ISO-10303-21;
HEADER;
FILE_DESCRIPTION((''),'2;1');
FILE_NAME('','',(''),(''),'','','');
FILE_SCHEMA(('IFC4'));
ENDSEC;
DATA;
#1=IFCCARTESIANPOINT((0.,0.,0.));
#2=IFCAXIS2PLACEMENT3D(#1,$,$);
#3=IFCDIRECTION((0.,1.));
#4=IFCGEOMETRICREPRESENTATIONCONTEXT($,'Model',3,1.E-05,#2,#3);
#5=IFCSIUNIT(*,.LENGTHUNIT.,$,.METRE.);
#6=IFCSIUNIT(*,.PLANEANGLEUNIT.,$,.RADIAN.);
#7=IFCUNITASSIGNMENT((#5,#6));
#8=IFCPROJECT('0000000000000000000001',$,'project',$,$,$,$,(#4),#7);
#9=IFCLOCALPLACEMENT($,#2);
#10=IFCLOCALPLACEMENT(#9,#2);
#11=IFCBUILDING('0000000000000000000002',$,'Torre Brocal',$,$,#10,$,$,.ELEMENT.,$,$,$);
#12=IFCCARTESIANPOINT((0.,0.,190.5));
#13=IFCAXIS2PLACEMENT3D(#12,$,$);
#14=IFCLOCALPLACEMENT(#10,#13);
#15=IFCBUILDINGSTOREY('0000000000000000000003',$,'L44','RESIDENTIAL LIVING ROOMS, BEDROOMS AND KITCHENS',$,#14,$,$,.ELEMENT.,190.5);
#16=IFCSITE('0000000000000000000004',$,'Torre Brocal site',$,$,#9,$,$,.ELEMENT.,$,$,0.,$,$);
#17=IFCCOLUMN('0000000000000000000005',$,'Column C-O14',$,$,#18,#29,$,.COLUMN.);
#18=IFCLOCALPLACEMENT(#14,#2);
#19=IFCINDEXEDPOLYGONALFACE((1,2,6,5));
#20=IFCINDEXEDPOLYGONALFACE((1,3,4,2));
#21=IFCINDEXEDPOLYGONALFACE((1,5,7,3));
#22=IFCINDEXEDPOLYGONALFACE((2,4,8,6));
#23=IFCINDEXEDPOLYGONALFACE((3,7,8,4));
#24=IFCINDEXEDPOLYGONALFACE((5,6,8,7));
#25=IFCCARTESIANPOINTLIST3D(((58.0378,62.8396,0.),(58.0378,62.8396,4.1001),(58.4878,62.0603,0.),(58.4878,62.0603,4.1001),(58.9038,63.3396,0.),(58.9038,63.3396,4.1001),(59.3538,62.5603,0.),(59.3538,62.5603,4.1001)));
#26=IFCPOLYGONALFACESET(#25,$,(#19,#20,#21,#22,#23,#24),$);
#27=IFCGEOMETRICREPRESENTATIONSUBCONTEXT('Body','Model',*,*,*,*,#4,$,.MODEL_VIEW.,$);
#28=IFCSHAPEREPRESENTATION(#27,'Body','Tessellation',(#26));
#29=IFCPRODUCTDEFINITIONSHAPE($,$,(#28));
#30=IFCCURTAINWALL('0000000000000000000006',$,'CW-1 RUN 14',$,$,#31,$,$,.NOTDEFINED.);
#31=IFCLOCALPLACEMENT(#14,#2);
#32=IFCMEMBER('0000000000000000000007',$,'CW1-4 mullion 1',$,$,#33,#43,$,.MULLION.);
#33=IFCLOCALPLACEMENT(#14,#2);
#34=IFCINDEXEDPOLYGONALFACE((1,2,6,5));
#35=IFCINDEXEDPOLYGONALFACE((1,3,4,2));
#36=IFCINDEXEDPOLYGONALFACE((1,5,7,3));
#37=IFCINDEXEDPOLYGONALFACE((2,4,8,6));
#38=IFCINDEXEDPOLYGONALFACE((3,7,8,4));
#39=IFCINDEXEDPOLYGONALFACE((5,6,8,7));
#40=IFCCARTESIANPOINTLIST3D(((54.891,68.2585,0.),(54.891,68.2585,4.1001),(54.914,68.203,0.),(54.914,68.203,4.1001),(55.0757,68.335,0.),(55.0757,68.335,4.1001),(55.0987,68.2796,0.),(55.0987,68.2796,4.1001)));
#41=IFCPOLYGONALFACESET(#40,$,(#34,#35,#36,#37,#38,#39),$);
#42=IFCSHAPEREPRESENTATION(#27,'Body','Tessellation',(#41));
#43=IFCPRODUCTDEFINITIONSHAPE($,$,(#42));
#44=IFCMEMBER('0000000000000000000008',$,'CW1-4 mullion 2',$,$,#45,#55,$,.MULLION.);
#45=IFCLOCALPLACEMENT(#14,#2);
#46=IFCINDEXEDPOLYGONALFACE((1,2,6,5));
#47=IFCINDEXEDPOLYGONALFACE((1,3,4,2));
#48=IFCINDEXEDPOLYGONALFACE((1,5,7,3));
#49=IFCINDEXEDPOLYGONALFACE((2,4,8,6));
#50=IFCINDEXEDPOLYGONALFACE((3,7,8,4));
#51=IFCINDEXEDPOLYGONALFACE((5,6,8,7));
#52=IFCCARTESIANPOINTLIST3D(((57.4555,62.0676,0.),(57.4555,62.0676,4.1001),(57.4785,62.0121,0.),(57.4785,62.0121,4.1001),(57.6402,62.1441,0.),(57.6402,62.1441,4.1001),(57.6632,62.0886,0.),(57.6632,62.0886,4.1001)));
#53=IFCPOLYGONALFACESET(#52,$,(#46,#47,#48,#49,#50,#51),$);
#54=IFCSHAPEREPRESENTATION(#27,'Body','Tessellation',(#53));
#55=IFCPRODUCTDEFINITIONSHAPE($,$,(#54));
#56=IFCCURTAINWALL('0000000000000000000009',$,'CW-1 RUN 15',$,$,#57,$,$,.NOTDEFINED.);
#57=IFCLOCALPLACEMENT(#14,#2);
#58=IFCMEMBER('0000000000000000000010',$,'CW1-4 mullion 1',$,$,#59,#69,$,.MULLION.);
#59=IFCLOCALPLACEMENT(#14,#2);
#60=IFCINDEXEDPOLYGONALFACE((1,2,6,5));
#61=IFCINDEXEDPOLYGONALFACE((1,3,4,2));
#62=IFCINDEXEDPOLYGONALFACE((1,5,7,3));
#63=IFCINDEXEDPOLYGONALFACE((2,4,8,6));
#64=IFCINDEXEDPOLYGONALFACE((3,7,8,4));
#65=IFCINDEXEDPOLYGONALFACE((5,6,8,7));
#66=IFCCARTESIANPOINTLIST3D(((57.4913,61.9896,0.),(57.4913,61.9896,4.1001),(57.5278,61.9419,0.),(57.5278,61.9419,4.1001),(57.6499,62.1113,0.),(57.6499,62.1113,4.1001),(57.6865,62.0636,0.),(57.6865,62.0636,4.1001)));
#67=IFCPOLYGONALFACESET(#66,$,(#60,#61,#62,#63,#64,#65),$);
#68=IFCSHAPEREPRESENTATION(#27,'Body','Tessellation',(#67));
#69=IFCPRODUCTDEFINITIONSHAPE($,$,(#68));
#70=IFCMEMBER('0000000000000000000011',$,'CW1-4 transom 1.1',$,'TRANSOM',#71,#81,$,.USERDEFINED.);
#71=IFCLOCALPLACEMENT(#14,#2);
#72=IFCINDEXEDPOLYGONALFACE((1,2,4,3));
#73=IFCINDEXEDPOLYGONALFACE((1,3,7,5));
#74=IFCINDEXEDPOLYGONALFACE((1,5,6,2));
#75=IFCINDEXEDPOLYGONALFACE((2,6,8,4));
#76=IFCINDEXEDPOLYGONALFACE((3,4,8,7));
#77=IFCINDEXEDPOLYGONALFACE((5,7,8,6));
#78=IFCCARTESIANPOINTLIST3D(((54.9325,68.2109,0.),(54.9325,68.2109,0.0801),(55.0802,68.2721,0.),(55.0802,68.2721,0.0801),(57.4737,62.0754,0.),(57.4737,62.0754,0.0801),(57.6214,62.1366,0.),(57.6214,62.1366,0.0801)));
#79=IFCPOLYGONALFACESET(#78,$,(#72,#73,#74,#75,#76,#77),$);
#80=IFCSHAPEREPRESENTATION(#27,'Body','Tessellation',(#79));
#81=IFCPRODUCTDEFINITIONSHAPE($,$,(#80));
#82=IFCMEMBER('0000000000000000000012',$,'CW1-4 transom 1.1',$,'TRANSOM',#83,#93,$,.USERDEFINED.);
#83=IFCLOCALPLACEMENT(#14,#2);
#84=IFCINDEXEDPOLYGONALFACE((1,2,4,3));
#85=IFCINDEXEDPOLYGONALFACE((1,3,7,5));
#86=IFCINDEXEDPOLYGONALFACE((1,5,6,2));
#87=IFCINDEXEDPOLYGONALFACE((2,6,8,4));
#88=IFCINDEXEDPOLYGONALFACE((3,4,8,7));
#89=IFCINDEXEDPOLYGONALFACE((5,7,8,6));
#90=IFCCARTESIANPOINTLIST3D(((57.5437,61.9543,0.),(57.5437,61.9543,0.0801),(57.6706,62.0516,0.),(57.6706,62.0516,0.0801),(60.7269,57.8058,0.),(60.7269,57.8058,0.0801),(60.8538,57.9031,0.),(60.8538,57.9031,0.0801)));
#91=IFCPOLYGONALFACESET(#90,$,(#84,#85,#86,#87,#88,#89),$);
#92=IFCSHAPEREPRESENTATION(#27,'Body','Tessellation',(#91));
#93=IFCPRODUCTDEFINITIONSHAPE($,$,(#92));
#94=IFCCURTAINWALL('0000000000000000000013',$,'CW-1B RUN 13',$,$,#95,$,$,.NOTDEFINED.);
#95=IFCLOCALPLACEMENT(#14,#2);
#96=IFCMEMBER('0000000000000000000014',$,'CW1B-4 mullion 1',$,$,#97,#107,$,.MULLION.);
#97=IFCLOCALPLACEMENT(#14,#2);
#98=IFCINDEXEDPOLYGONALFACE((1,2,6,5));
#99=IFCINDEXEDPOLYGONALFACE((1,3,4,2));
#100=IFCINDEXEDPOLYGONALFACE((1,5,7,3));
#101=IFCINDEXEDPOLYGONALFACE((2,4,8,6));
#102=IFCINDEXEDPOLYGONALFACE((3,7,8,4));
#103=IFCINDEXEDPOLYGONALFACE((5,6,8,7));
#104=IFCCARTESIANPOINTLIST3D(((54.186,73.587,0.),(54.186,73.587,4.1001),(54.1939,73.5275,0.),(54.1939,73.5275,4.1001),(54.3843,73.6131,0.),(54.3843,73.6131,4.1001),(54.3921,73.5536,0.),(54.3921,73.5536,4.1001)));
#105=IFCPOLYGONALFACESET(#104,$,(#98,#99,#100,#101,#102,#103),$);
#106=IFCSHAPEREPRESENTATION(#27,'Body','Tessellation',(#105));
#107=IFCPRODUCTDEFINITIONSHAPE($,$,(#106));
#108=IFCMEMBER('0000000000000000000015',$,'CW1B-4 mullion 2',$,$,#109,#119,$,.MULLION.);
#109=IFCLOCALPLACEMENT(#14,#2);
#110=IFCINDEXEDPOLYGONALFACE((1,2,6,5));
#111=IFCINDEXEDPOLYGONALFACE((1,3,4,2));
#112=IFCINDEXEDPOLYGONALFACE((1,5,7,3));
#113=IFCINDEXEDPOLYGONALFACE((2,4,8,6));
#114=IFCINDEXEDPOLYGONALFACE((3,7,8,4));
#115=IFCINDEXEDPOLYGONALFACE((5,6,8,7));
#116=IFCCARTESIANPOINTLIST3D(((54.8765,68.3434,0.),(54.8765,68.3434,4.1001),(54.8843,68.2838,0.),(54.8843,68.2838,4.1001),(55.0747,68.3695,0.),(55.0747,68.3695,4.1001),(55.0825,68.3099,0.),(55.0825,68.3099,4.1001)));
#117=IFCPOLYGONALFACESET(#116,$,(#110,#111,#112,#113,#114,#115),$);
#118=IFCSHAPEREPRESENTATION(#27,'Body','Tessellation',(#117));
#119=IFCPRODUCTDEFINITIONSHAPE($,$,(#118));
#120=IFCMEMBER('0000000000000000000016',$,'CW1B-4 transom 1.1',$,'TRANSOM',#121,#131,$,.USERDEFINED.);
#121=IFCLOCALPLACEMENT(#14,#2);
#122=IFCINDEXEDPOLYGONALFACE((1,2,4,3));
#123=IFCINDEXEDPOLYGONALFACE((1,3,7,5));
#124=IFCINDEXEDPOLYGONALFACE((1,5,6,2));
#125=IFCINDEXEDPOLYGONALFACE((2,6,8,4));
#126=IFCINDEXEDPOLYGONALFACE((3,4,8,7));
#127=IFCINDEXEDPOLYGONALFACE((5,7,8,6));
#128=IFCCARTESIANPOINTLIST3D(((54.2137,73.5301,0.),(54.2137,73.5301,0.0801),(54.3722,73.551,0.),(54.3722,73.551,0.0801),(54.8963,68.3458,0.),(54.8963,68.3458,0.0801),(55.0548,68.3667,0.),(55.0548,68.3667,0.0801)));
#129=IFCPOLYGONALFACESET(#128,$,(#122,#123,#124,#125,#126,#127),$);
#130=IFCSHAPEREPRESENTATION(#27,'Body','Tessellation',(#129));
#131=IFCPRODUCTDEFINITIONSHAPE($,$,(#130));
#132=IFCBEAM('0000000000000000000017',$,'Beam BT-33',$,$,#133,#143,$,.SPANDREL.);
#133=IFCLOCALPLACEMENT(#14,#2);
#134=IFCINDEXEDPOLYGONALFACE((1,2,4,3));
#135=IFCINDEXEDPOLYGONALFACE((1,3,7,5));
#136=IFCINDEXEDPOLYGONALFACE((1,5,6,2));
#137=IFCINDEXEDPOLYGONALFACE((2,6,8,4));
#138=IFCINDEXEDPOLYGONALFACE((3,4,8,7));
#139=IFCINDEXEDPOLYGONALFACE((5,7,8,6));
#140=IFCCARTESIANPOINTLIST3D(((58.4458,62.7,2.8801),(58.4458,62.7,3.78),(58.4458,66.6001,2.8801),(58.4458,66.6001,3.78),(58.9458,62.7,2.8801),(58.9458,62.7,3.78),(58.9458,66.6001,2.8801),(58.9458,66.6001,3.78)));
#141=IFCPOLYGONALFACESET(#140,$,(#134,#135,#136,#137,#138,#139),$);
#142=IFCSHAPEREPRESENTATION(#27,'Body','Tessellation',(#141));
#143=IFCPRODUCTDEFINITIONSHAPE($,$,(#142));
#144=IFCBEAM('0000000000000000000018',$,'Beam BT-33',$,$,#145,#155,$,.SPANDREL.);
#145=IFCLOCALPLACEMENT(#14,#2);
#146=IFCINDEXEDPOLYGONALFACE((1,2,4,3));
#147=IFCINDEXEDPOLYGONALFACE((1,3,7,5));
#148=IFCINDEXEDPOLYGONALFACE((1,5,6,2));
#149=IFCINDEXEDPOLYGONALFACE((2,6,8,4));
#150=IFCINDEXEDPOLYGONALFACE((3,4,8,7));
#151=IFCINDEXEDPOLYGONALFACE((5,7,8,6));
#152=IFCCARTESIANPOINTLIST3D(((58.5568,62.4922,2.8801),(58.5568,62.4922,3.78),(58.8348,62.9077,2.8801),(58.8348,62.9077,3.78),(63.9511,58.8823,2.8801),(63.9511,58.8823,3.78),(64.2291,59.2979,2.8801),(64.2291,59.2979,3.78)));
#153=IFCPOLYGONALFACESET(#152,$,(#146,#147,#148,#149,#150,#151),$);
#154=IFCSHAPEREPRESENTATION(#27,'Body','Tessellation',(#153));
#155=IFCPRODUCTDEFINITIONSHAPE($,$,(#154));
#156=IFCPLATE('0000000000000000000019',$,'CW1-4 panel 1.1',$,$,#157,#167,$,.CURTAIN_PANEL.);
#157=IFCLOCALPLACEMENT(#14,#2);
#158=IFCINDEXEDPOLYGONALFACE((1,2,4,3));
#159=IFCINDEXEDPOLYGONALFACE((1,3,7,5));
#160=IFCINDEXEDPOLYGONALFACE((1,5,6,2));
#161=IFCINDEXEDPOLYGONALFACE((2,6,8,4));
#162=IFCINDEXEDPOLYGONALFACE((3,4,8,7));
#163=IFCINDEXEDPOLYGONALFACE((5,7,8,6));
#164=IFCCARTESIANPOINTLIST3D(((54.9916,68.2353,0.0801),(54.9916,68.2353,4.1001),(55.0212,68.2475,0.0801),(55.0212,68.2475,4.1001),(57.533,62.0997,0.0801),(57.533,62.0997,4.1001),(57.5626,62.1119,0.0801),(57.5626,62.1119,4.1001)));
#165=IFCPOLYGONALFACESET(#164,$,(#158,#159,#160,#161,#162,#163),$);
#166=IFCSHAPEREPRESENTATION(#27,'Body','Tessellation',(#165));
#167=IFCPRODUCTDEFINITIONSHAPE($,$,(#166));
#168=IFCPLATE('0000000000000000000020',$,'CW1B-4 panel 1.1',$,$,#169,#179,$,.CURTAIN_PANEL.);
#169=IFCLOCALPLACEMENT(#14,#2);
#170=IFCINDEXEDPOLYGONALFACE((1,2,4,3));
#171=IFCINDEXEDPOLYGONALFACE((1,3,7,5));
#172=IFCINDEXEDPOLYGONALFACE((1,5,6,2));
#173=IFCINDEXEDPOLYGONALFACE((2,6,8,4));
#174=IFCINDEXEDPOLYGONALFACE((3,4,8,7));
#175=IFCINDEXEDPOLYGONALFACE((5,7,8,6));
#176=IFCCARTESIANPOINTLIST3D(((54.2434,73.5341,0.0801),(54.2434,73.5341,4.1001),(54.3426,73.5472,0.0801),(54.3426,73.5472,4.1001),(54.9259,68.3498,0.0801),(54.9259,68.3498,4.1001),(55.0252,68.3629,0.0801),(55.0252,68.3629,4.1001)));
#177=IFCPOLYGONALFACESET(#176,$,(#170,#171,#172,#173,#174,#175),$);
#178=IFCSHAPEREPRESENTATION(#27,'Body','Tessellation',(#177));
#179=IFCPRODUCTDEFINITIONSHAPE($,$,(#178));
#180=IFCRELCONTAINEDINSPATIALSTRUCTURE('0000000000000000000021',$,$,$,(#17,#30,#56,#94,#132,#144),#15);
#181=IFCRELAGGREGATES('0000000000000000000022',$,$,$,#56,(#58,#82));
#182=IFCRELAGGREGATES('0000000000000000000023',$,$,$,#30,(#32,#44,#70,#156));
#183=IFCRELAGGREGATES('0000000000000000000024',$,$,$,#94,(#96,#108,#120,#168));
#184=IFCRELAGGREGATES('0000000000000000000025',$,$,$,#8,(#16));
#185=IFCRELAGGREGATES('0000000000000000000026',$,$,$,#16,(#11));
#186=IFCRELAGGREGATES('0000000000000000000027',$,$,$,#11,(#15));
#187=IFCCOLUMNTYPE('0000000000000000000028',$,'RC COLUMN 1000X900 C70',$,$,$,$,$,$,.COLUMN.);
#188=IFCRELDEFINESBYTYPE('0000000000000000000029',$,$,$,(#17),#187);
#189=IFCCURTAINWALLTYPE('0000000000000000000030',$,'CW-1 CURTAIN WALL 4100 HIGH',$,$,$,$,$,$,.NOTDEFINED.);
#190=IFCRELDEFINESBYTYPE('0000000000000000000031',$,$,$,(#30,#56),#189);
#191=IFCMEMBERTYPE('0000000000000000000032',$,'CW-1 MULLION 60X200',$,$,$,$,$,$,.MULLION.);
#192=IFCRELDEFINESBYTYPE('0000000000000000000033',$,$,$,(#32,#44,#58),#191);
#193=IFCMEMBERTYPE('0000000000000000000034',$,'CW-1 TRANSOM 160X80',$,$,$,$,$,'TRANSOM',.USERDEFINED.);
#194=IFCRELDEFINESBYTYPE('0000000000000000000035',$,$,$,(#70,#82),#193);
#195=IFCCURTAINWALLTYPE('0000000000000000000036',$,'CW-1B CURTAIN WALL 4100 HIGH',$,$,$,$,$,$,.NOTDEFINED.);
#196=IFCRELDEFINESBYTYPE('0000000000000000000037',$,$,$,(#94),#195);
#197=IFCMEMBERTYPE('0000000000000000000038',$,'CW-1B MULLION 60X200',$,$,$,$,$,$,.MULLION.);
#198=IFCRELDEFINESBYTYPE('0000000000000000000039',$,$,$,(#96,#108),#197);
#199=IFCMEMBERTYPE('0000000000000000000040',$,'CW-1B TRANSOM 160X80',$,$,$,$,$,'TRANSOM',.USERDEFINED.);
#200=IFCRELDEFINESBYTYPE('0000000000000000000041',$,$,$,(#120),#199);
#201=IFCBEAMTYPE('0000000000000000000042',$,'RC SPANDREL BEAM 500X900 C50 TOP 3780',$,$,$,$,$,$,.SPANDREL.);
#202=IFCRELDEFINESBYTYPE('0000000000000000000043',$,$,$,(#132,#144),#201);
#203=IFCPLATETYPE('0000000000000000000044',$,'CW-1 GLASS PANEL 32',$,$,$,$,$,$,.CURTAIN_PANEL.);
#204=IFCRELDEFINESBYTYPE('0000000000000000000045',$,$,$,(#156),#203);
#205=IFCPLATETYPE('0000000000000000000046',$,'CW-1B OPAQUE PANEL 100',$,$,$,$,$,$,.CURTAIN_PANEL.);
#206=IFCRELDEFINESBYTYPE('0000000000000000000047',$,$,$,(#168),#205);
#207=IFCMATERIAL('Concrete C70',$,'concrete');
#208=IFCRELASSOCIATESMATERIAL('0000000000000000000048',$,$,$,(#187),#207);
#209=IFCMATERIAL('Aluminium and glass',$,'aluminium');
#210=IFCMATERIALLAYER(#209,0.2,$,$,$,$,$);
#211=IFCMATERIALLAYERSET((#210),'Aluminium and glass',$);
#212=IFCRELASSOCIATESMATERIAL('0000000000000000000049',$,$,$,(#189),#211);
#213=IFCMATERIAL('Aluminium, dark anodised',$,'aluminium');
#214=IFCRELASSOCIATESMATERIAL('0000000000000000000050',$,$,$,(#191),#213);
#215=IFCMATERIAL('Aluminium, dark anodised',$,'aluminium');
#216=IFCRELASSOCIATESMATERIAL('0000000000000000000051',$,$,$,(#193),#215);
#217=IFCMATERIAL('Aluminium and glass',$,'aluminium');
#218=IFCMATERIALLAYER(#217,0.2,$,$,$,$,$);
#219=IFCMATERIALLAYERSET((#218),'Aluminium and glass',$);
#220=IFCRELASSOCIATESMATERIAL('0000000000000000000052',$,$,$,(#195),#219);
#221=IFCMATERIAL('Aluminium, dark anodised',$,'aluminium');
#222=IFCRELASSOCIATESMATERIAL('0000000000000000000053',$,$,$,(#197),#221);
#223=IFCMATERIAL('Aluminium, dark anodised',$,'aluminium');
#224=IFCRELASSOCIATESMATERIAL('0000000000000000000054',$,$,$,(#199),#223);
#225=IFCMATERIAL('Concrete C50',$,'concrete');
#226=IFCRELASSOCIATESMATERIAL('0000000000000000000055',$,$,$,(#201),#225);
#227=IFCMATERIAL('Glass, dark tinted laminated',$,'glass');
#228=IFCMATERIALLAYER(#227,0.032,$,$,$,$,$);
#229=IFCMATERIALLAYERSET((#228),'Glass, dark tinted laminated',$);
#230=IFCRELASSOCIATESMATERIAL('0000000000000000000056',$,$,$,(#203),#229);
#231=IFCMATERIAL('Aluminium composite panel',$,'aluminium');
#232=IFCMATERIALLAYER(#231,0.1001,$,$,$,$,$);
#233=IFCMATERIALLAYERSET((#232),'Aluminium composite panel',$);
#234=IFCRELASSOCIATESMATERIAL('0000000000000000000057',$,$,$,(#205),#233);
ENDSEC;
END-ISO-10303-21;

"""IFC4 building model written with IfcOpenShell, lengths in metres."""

from ifc_helpers import new_model, si_unit, direction, frame, origin, origin_2d, place, context, subcontext, project, spatial, rectangle, extrude, material, layer, layer_set, material_profile, profile_set, type_object, element, aggregate, save


model = new_model("IFC4")

# Units and contexts
model_context = context("Model", 3, precision=1e-05, world=origin(), true_north=direction((0.0, 1.0)))
body_context = subcontext(model_context, "Body", "Model", "MODEL_VIEW")
ifc_project = project(units=[si_unit("LENGTHUNIT", "METRE"), si_unit("PLANEANGLEUNIT", "RADIAN")], contexts=[model_context])

# Site, building, storey
site_placement = place(None, origin())
site = spatial("IfcSite", under=ifc_project, at=site_placement, Name="Torre Brocal site", CompositionType="ELEMENT", RefElevation=0.0)
building_placement = place(site_placement, origin())
building = spatial("IfcBuilding", under=site, at=building_placement, Name="Torre Brocal", CompositionType="ELEMENT")
storey_placement = place(building_placement, frame((0.0, 0.0, 190.5)))
storey = spatial("IfcBuildingStorey", under=building, at=storey_placement, Name="L44", Description="RESIDENTIAL LIVING ROOMS, BEDROOMS AND KITCHENS", CompositionType="ELEMENT", Elevation=190.5)

# Column
ifc_material_1 = material(Name="Concrete C70", Category="concrete")
ifc_material_profile_1 = material_profile(ifc_material_1, rectangle(XDim=1.0, YDim=0.8999, at=origin_2d()), Name="RC 1000X900")
ifc_profile_set_1 = profile_set([ifc_material_profile_1], Name="Concrete C70")
column_type = type_object("IfcColumnType", Name="RC COLUMN 1000X900 C70", PredefinedType="COLUMN", material=ifc_profile_set_1)
column_placement = place(storey_placement, frame((58.6958, 62.7, 0.0), z_axis=(0.0, 0.0, 1.0), x_axis=(-0.866025, -0.5, 0.0)))
element("IfcColumn", 1, at=column_placement, inside=storey, type_object=column_type, Name="Column C-O14", PredefinedType="COLUMN", context=body_context, shape_type="SweptSolid", body=[
    extrude(rectangle(XDim=1.0, YDim=0.8999, at=origin_2d()), origin(), (0.0, 0.0, 1.0), 4.1001),
])

# Curtain wall, members
ifc_material_2 = material(Name="Aluminium and glass", Category="aluminium")
ifc_layer_1 = layer(ifc_material_2, 0.2)
ifc_layer_set_1 = layer_set([ifc_layer_1], Name="Aluminium and glass")
curtain_wall_type_1 = type_object("IfcCurtainWallType", Name="CW-1 CURTAIN WALL 4100 HIGH", PredefinedType="NOTDEFINED", material=ifc_layer_set_1)
curtain_wall_1_placement = place(storey_placement, origin())
curtain_wall_1 = element("IfcCurtainWall", 2, at=curtain_wall_1_placement, inside=storey, type_object=curtain_wall_type_1, Name="CW-1 RUN 14", PredefinedType="NOTDEFINED")
ifc_material_3 = material(Name="Aluminium, dark anodised", Category="aluminium")
ifc_material_profile_2 = material_profile(ifc_material_3, rectangle(XDim=0.2, YDim=0.0601, at=origin_2d()), Name="CW-1 MULLION 60X200")
ifc_profile_set_2 = profile_set([ifc_material_profile_2], Name="Aluminium, dark anodised")
member_type_1 = type_object("IfcMemberType", Name="CW-1 MULLION 60X200", PredefinedType="MULLION", material=ifc_profile_set_2)
member_1_placement = place(storey_placement, frame((54.9949, 68.269, 0.0), z_axis=(0.0, 0.0, 1.0), x_axis=(0.92388, 0.382683, 0.0)))
member_1 = element("IfcMember", 3, at=member_1_placement, type_object=member_type_1, Name="CW1-4 mullion 1", PredefinedType="MULLION", context=body_context, shape_type="SweptSolid", body=[
    extrude(rectangle(XDim=0.2, YDim=0.0601, at=origin_2d()), origin(), (0.0, 0.0, 1.0), 4.1001),
])
member_2_placement = place(storey_placement, frame((57.5593, 62.0781, 0.0), z_axis=(0.0, 0.0, 1.0), x_axis=(0.92388, 0.382683, 0.0)))
member_2 = element("IfcMember", 4, at=member_2_placement, type_object=member_type_1, Name="CW1-4 mullion 2", PredefinedType="MULLION", context=body_context, shape_type="SweptSolid", body=[
    extrude(rectangle(XDim=0.2, YDim=0.0601, at=origin_2d()), origin(), (0.0, 0.0, 1.0), 4.1001),
])

# Curtain wall, member
curtain_wall_2_placement = place(storey_placement, origin())
curtain_wall_2 = element("IfcCurtainWall", 5, at=curtain_wall_2_placement, inside=storey, type_object=curtain_wall_type_1, Name="CW-1 RUN 15", PredefinedType="NOTDEFINED")
member_3_placement = place(storey_placement, frame((57.5889, 62.0266, 0.0), z_axis=(0.0, 0.0, 1.0), x_axis=(0.793353, 0.608761, 0.0)))
member_3 = element("IfcMember", 6, at=member_3_placement, type_object=member_type_1, Name="CW1-4 mullion 1", PredefinedType="MULLION", context=body_context, shape_type="SweptSolid", body=[
    extrude(rectangle(XDim=0.2, YDim=0.0601, at=origin_2d()), origin(), (0.0, 0.0, 1.0), 4.1001),
])

# Members
ifc_material_4 = material(Name="Aluminium, dark anodised", Category="aluminium")
ifc_material_profile_3 = material_profile(ifc_material_4, rectangle(XDim=0.1599, YDim=0.0801, at=origin_2d()), Name="CW-1 TRANSOM 160X80")
ifc_profile_set_3 = profile_set([ifc_material_profile_3], Name="Aluminium, dark anodised")
member_type_2 = type_object("IfcMemberType", Name="CW-1 TRANSOM 160X80", ElementType="TRANSOM", PredefinedType="USERDEFINED", material=ifc_profile_set_3)
member_4_placement = place(storey_placement, frame((55.0063, 68.2415, 0.04), z_axis=(0.382665, -0.923887, 0.0), x_axis=(0.923887, 0.382665, 0.0)))
member_4 = element("IfcMember", 7, at=member_4_placement, type_object=member_type_2, Name="CW1-4 transom 1.1", ObjectType="TRANSOM", PredefinedType="USERDEFINED", context=body_context, shape_type="SweptSolid", body=[
    extrude(rectangle(XDim=0.1599, YDim=0.0801, at=origin_2d()), origin(), (0.0, 0.0, 1.0), 6.6409),
])
member_5_placement = place(storey_placement, frame((57.6072, 62.0029, 0.04), z_axis=(0.608749, -0.793363, 0.0), x_axis=(0.793363, 0.608749, 0.0)))
member_5 = element("IfcMember", 8, at=member_5_placement, type_object=member_type_2, Name="CW1-4 transom 1.1", ObjectType="TRANSOM", PredefinedType="USERDEFINED", context=body_context, shape_type="SweptSolid", body=[
    extrude(rectangle(XDim=0.1599, YDim=0.0801, at=origin_2d()), origin(), (0.0, 0.0, 1.0), 5.229),
])
aggregate(curtain_wall_2, [member_3, member_5])

# Curtain wall, members
ifc_material_5 = material(Name="Aluminium and glass", Category="aluminium")
ifc_layer_2 = layer(ifc_material_5, 0.2)
ifc_layer_set_2 = layer_set([ifc_layer_2], Name="Aluminium and glass")
curtain_wall_type_2 = type_object("IfcCurtainWallType", Name="CW-1B CURTAIN WALL 4100 HIGH", PredefinedType="NOTDEFINED", material=ifc_layer_set_2)
curtain_wall_3_placement = place(storey_placement, origin())
curtain_wall_3 = element("IfcCurtainWall", 9, at=curtain_wall_3_placement, inside=storey, type_object=curtain_wall_type_2, Name="CW-1B RUN 13", PredefinedType="NOTDEFINED")
ifc_material_6 = material(Name="Aluminium, dark anodised", Category="aluminium")
ifc_material_profile_4 = material_profile(ifc_material_6, rectangle(XDim=0.2, YDim=0.0601, at=origin_2d()), Name="CW-1B MULLION 60X200")
ifc_profile_set_4 = profile_set([ifc_material_profile_4], Name="Aluminium, dark anodised")
member_type_3 = type_object("IfcMemberType", Name="CW-1B MULLION 60X200", PredefinedType="MULLION", material=ifc_profile_set_4)
member_6_placement = place(storey_placement, frame((54.2891, 73.5703, 0.0), z_axis=(0.0, 0.0, 1.0), x_axis=(0.991445, 0.130526, 0.0)))
member_6 = element("IfcMember", 10, at=member_6_placement, type_object=member_type_3, Name="CW1B-4 mullion 1", PredefinedType="MULLION", context=body_context, shape_type="SweptSolid", body=[
    extrude(rectangle(XDim=0.2, YDim=0.0601, at=origin_2d()), origin(), (0.0, 0.0, 1.0), 4.1001),
])
member_7_placement = place(storey_placement, frame((54.9795, 68.3267, 0.0), z_axis=(0.0, 0.0, 1.0), x_axis=(0.991445, 0.130526, 0.0)))
member_7 = element("IfcMember", 11, at=member_7_placement, type_object=member_type_3, Name="CW1B-4 mullion 2", PredefinedType="MULLION", context=body_context, shape_type="SweptSolid", body=[
    extrude(rectangle(XDim=0.2, YDim=0.0601, at=origin_2d()), origin(), (0.0, 0.0, 1.0), 4.1001),
])
ifc_material_7 = material(Name="Aluminium, dark anodised", Category="aluminium")
ifc_material_profile_5 = material_profile(ifc_material_7, rectangle(XDim=0.1599, YDim=0.0801, at=origin_2d()), Name="CW-1B TRANSOM 160X80")
ifc_profile_set_5 = profile_set([ifc_material_profile_5], Name="Aluminium, dark anodised")
member_type_4 = type_object("IfcMemberType", Name="CW-1B TRANSOM 160X80", ElementType="TRANSOM", PredefinedType="USERDEFINED", material=ifc_profile_set_5)
member_8_placement = place(storey_placement, frame((54.293, 73.5405, 0.04), z_axis=(0.130543, -0.991443, 0.0), x_axis=(0.991443, 0.130543, 0.0)))
member_8 = element("IfcMember", 12, at=member_8_placement, type_object=member_type_4, Name="CW1B-4 transom 1.1", ObjectType="TRANSOM", PredefinedType="USERDEFINED", context=body_context, shape_type="SweptSolid", body=[
    extrude(rectangle(XDim=0.1599, YDim=0.0801, at=origin_2d()), origin(), (0.0, 0.0, 1.0), 5.229),
])

# Beams
ifc_material_8 = material(Name="Concrete C50", Category="concrete")
ifc_material_profile_6 = material_profile(ifc_material_8, rectangle(XDim=0.5, YDim=0.8999, at=origin_2d()), Name="RC 500X900")
ifc_profile_set_6 = profile_set([ifc_material_profile_6], Name="Concrete C50")
beam_type = type_object("IfcBeamType", Name="RC SPANDREL BEAM 500X900 C50 TOP 3780", PredefinedType="SPANDREL", material=ifc_profile_set_6)
beam_1_placement = place(storey_placement, frame((58.6958, 62.7, 3.3301), z_axis=(0.0, 1.0, 0.0), x_axis=(-1.0, 0.0, 0.0)))
element("IfcBeam", 13, at=beam_1_placement, inside=storey, type_object=beam_type, Name="Beam BT-33", PredefinedType="SPANDREL", context=body_context, shape_type="SweptSolid", body=[
    extrude(rectangle(XDim=0.5, YDim=0.8999, at=origin_2d()), origin(), (0.0, 0.0, 1.0), 3.9001),
])
beam_2_placement = place(storey_placement, frame((58.6958, 62.7, 3.3301), z_axis=(0.831077, -0.556158, 0.0), x_axis=(0.556158, 0.831077, 0.0)))
element("IfcBeam", 14, at=beam_2_placement, inside=storey, type_object=beam_type, Name="Beam BT-33", PredefinedType="SPANDREL", context=body_context, shape_type="SweptSolid", body=[
    extrude(rectangle(XDim=0.5, YDim=0.8999, at=origin_2d()), origin(), (0.0, 0.0, 1.0), 6.4907),
])

# Plates
ifc_material_9 = material(Name="Glass, dark tinted laminated", Category="glass")
ifc_layer_3 = layer(ifc_material_9, 0.032)
ifc_layer_set_3 = layer_set([ifc_layer_3], Name="Glass, dark tinted laminated")
plate_type_1 = type_object("IfcPlateType", Name="CW-1 GLASS PANEL 32", PredefinedType="CURTAIN_PANEL", material=ifc_layer_set_3)
plate_1_placement = place(storey_placement, frame((56.2771, 65.1736, 0.0801), z_axis=(0.0, 0.0, 1.0), x_axis=(0.382683, -0.92388, 0.0)))
plate_1 = element("IfcPlate", 15, at=plate_1_placement, type_object=plate_type_1, Name="CW1-4 panel 1.1", PredefinedType="CURTAIN_PANEL", context=body_context, shape_type="SweptSolid", body=[
    extrude(rectangle(XDim=6.6411, YDim=0.032, at=origin_2d()), origin(), (0.0, 0.0, 1.0), 4.02),
])
aggregate(curtain_wall_1, [member_1, member_2, member_4, plate_1])
ifc_material_10 = material(Name="Aluminium composite panel", Category="aluminium")
ifc_layer_4 = layer(ifc_material_10, 0.1001)
ifc_layer_set_4 = layer_set([ifc_layer_4], Name="Aluminium composite panel")
plate_type_2 = type_object("IfcPlateType", Name="CW-1B OPAQUE PANEL 100", PredefinedType="CURTAIN_PANEL", material=ifc_layer_set_4)
plate_2_placement = place(storey_placement, frame((54.6343, 70.9485, 0.0801), z_axis=(0.0, 0.0, 1.0), x_axis=(0.130526, -0.991445, 0.0)))
plate_2 = element("IfcPlate", 16, at=plate_2_placement, type_object=plate_type_2, Name="CW1B-4 panel 1.1", PredefinedType="CURTAIN_PANEL", context=body_context, shape_type="SweptSolid", body=[
    extrude(rectangle(XDim=5.229, YDim=0.1001, at=origin_2d()), origin(), (0.0, 0.0, 1.0), 4.02),
])
aggregate(curtain_wall_3, [member_6, member_7, member_8, plate_2])

save(model, "model.ifc")
